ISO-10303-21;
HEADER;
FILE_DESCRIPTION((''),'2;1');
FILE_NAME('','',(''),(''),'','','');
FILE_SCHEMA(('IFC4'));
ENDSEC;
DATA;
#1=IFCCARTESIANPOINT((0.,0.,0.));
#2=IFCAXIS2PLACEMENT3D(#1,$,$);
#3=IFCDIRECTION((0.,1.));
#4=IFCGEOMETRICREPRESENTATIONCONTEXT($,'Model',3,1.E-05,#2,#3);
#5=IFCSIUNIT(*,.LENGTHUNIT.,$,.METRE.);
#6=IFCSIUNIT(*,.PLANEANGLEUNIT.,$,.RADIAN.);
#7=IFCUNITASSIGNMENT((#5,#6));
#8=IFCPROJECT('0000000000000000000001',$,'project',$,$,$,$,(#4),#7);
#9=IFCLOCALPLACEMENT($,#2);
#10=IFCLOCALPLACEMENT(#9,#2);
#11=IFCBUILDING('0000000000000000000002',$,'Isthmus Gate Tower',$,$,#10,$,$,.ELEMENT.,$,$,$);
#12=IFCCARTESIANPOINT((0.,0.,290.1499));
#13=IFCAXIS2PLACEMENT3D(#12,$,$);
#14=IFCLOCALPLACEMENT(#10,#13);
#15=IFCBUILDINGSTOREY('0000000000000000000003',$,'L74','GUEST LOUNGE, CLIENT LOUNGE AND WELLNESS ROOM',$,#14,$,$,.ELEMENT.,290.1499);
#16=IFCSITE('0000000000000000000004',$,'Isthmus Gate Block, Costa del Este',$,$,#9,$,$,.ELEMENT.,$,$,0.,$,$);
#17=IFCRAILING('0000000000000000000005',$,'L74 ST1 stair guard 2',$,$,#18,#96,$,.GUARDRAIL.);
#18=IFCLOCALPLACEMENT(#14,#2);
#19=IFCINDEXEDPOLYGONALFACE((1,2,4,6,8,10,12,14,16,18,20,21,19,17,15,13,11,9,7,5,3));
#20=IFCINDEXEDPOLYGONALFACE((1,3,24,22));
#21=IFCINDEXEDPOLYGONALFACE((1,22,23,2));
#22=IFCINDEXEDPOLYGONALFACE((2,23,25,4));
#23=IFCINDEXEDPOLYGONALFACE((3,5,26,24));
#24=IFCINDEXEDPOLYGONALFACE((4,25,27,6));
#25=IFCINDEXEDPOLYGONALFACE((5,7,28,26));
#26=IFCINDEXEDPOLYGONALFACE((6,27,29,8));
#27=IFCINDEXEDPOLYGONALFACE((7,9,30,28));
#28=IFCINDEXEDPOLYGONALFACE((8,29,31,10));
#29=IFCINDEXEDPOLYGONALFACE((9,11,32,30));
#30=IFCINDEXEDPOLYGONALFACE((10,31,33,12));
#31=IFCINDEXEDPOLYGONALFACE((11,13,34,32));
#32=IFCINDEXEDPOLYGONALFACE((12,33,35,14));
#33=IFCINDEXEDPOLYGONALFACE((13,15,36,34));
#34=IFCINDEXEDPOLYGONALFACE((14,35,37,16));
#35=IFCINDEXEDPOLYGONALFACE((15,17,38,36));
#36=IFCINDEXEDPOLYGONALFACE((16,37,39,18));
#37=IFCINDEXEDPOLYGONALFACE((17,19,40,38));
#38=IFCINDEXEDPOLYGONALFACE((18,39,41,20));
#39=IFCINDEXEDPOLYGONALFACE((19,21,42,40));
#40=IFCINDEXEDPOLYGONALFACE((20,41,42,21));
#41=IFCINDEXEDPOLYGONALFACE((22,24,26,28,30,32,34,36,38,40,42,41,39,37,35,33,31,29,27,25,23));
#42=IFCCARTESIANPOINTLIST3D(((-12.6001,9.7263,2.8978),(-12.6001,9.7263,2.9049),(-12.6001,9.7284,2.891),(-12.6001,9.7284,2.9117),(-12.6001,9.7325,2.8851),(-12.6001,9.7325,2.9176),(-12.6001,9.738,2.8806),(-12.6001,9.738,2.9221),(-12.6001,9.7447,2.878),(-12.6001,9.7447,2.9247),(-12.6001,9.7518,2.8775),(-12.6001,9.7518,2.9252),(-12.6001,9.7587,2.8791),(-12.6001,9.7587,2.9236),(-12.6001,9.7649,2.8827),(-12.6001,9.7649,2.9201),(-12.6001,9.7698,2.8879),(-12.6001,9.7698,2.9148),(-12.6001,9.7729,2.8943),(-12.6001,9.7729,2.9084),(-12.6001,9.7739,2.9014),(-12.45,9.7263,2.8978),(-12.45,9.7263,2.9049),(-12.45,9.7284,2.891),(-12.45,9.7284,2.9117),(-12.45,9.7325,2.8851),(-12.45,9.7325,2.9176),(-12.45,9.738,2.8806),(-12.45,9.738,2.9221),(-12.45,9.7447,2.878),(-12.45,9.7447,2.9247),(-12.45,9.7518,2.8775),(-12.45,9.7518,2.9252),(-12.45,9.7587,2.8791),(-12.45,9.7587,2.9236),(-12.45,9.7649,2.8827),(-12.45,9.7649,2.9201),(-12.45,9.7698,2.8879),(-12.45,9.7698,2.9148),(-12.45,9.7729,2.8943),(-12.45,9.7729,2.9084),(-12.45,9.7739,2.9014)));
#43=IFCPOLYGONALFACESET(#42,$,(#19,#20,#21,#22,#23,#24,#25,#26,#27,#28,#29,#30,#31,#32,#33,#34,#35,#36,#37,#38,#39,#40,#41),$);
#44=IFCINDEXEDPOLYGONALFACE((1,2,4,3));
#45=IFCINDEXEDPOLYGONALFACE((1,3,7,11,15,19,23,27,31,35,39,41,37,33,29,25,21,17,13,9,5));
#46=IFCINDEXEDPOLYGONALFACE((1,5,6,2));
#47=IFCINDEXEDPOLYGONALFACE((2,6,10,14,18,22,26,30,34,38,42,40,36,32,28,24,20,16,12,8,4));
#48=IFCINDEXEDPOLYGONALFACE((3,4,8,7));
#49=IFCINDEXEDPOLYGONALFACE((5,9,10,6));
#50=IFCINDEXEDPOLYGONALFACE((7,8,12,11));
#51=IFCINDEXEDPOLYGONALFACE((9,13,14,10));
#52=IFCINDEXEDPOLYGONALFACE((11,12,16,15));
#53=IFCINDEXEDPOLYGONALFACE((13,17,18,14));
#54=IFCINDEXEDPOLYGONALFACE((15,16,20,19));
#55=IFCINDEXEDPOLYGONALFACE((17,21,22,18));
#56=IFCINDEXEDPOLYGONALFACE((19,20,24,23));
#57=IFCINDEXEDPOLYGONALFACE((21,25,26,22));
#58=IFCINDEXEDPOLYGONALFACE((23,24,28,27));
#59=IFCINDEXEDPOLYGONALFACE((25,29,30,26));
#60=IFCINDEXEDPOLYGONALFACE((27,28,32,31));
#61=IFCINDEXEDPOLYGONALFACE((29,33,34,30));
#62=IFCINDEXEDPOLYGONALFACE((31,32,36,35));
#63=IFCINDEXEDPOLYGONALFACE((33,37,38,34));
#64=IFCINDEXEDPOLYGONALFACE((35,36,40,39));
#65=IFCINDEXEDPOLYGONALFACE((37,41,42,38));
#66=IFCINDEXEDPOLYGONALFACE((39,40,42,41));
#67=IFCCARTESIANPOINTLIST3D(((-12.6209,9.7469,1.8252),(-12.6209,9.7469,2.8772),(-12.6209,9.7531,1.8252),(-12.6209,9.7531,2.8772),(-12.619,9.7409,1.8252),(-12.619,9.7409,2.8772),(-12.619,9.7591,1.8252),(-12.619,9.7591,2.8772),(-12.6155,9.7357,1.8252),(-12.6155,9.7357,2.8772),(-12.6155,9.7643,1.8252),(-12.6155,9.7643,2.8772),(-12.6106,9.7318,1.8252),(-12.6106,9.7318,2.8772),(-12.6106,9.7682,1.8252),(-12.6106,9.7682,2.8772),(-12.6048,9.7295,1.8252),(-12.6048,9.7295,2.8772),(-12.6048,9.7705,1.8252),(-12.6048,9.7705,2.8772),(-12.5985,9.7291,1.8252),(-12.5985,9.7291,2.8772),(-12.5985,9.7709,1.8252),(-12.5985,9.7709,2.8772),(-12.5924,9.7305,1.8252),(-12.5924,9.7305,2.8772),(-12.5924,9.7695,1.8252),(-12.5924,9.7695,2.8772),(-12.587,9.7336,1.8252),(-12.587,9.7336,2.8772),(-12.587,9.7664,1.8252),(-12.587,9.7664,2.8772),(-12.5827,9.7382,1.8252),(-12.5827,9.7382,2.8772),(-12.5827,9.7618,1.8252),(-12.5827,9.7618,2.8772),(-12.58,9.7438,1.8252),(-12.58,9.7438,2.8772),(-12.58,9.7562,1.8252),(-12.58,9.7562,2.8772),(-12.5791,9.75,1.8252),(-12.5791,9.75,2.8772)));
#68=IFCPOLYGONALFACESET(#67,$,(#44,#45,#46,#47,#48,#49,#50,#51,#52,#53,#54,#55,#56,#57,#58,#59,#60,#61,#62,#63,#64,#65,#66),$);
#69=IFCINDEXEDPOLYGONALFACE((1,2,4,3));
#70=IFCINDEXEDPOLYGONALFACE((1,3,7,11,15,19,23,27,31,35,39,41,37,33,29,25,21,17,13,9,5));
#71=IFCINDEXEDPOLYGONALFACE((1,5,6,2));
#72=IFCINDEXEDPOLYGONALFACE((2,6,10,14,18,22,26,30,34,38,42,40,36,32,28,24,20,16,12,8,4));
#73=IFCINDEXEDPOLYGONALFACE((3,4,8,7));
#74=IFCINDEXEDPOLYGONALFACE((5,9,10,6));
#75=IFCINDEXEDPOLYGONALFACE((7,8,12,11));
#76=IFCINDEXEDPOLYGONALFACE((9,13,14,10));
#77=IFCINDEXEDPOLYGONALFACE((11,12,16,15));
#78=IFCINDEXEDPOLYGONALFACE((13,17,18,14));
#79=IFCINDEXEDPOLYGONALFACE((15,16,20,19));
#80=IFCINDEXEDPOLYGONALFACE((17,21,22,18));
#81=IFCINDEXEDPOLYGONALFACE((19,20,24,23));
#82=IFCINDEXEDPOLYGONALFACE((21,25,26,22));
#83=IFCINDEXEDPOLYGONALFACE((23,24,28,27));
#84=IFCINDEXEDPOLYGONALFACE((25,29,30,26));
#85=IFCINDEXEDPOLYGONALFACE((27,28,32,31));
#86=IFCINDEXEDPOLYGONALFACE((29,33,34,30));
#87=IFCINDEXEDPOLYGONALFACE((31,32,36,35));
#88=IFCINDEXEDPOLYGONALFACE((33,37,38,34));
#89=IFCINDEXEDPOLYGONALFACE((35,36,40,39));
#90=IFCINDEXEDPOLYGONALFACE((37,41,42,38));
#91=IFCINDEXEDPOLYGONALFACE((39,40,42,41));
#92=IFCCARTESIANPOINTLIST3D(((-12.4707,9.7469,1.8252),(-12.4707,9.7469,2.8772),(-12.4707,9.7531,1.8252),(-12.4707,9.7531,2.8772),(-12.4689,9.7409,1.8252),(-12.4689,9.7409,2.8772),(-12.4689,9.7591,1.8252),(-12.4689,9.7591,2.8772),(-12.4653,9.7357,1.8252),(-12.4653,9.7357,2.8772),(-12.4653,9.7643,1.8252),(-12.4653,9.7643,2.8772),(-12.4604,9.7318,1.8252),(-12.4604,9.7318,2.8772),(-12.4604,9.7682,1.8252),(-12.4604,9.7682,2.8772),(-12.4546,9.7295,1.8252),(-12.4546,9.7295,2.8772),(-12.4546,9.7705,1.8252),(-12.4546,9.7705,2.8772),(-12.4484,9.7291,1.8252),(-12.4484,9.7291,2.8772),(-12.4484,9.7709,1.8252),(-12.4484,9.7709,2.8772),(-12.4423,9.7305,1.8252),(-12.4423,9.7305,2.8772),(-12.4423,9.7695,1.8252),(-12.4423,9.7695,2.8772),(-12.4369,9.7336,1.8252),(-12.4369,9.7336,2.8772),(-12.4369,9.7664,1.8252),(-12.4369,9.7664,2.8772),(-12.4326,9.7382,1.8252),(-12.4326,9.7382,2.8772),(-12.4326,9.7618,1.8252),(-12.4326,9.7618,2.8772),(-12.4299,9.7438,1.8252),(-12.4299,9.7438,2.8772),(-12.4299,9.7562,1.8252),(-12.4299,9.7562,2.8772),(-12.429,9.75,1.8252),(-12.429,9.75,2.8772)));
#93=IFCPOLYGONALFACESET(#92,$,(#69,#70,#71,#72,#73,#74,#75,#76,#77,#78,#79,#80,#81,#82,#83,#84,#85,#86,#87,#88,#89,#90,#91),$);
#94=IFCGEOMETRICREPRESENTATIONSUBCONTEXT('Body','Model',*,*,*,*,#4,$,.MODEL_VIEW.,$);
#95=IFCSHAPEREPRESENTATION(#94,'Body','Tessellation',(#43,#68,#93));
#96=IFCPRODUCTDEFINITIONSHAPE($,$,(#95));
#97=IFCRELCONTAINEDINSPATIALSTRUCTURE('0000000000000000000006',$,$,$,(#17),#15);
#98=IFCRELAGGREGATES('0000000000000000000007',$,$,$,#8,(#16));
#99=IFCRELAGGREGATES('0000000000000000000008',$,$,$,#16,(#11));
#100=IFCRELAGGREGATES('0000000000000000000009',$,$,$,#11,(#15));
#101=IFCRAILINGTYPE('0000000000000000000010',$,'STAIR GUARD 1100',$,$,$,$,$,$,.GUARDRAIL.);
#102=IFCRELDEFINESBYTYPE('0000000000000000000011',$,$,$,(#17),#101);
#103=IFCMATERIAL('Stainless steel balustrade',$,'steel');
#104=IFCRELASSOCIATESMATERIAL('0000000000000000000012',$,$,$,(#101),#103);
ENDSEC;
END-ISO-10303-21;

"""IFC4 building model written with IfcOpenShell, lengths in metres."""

from ifc_helpers import new_model, si_unit, direction, frame, origin, origin_2d, place, context, subcontext, project, spatial, circle, extrude, material, type_object, element, save


model = new_model("IFC4")

# Units and contexts
model_context = context("Model", 3, precision=1e-05, world=origin(), true_north=direction((0.0, 1.0)))
body_context = subcontext(model_context, "Body", "Model", "MODEL_VIEW")
ifc_project = project(units=[si_unit("LENGTHUNIT", "METRE"), si_unit("PLANEANGLEUNIT", "RADIAN")], contexts=[model_context])

# Site, building, storey
site_placement = place(None, origin())
site = spatial("IfcSite", under=ifc_project, at=site_placement, Name="Isthmus Gate Block, Costa del Este", CompositionType="ELEMENT", RefElevation=0.0)
building_placement = place(site_placement, origin())
building = spatial("IfcBuilding", under=site, at=building_placement, Name="Isthmus Gate Tower", CompositionType="ELEMENT")
storey_placement = place(building_placement, frame((0.0, 0.0, 290.1499)))
storey = spatial("IfcBuildingStorey", under=building, at=storey_placement, Name="L74", Description="GUEST LOUNGE, CLIENT LOUNGE AND WELLNESS ROOM", CompositionType="ELEMENT", Elevation=290.1499)

# Railing
ifc_material_1 = material(Name="Stainless steel balustrade", Category="steel")
railing_type_1 = type_object("IfcRailingType", Name="STAIR GUARD 1100", PredefinedType="GUARDRAIL", material=ifc_material_1)
railing_1_placement = place(storey_placement, frame((-12.6001, 9.75, 1.8252)))
element("IfcRailing", 1, at=railing_1_placement, inside=storey, type_object=railing_type_1, Name="L74 ST1 stair guard 2", PredefinedType="GUARDRAIL", context=body_context, shape_type="SweptSolid", body=[
    extrude(circle(Radius=0.0239, at=origin_2d()), frame((0.0, 0.0, 1.0762), z_axis=(1.0, 0.0, 0.0), x_axis=(0.0, 1.0, 0.0)), (0.0, 0.0, 1.0), 0.1501),
    extrude(circle(Radius=0.021, at=origin_2d()), origin(), (0.0, 0.0, 1.0), 1.052),
    extrude(circle(Radius=0.021, at=origin_2d()), frame((0.1501, 0.0, 0.0)), (0.0, 0.0, 1.0), 1.052),
])

save(model, "model.ifc")
